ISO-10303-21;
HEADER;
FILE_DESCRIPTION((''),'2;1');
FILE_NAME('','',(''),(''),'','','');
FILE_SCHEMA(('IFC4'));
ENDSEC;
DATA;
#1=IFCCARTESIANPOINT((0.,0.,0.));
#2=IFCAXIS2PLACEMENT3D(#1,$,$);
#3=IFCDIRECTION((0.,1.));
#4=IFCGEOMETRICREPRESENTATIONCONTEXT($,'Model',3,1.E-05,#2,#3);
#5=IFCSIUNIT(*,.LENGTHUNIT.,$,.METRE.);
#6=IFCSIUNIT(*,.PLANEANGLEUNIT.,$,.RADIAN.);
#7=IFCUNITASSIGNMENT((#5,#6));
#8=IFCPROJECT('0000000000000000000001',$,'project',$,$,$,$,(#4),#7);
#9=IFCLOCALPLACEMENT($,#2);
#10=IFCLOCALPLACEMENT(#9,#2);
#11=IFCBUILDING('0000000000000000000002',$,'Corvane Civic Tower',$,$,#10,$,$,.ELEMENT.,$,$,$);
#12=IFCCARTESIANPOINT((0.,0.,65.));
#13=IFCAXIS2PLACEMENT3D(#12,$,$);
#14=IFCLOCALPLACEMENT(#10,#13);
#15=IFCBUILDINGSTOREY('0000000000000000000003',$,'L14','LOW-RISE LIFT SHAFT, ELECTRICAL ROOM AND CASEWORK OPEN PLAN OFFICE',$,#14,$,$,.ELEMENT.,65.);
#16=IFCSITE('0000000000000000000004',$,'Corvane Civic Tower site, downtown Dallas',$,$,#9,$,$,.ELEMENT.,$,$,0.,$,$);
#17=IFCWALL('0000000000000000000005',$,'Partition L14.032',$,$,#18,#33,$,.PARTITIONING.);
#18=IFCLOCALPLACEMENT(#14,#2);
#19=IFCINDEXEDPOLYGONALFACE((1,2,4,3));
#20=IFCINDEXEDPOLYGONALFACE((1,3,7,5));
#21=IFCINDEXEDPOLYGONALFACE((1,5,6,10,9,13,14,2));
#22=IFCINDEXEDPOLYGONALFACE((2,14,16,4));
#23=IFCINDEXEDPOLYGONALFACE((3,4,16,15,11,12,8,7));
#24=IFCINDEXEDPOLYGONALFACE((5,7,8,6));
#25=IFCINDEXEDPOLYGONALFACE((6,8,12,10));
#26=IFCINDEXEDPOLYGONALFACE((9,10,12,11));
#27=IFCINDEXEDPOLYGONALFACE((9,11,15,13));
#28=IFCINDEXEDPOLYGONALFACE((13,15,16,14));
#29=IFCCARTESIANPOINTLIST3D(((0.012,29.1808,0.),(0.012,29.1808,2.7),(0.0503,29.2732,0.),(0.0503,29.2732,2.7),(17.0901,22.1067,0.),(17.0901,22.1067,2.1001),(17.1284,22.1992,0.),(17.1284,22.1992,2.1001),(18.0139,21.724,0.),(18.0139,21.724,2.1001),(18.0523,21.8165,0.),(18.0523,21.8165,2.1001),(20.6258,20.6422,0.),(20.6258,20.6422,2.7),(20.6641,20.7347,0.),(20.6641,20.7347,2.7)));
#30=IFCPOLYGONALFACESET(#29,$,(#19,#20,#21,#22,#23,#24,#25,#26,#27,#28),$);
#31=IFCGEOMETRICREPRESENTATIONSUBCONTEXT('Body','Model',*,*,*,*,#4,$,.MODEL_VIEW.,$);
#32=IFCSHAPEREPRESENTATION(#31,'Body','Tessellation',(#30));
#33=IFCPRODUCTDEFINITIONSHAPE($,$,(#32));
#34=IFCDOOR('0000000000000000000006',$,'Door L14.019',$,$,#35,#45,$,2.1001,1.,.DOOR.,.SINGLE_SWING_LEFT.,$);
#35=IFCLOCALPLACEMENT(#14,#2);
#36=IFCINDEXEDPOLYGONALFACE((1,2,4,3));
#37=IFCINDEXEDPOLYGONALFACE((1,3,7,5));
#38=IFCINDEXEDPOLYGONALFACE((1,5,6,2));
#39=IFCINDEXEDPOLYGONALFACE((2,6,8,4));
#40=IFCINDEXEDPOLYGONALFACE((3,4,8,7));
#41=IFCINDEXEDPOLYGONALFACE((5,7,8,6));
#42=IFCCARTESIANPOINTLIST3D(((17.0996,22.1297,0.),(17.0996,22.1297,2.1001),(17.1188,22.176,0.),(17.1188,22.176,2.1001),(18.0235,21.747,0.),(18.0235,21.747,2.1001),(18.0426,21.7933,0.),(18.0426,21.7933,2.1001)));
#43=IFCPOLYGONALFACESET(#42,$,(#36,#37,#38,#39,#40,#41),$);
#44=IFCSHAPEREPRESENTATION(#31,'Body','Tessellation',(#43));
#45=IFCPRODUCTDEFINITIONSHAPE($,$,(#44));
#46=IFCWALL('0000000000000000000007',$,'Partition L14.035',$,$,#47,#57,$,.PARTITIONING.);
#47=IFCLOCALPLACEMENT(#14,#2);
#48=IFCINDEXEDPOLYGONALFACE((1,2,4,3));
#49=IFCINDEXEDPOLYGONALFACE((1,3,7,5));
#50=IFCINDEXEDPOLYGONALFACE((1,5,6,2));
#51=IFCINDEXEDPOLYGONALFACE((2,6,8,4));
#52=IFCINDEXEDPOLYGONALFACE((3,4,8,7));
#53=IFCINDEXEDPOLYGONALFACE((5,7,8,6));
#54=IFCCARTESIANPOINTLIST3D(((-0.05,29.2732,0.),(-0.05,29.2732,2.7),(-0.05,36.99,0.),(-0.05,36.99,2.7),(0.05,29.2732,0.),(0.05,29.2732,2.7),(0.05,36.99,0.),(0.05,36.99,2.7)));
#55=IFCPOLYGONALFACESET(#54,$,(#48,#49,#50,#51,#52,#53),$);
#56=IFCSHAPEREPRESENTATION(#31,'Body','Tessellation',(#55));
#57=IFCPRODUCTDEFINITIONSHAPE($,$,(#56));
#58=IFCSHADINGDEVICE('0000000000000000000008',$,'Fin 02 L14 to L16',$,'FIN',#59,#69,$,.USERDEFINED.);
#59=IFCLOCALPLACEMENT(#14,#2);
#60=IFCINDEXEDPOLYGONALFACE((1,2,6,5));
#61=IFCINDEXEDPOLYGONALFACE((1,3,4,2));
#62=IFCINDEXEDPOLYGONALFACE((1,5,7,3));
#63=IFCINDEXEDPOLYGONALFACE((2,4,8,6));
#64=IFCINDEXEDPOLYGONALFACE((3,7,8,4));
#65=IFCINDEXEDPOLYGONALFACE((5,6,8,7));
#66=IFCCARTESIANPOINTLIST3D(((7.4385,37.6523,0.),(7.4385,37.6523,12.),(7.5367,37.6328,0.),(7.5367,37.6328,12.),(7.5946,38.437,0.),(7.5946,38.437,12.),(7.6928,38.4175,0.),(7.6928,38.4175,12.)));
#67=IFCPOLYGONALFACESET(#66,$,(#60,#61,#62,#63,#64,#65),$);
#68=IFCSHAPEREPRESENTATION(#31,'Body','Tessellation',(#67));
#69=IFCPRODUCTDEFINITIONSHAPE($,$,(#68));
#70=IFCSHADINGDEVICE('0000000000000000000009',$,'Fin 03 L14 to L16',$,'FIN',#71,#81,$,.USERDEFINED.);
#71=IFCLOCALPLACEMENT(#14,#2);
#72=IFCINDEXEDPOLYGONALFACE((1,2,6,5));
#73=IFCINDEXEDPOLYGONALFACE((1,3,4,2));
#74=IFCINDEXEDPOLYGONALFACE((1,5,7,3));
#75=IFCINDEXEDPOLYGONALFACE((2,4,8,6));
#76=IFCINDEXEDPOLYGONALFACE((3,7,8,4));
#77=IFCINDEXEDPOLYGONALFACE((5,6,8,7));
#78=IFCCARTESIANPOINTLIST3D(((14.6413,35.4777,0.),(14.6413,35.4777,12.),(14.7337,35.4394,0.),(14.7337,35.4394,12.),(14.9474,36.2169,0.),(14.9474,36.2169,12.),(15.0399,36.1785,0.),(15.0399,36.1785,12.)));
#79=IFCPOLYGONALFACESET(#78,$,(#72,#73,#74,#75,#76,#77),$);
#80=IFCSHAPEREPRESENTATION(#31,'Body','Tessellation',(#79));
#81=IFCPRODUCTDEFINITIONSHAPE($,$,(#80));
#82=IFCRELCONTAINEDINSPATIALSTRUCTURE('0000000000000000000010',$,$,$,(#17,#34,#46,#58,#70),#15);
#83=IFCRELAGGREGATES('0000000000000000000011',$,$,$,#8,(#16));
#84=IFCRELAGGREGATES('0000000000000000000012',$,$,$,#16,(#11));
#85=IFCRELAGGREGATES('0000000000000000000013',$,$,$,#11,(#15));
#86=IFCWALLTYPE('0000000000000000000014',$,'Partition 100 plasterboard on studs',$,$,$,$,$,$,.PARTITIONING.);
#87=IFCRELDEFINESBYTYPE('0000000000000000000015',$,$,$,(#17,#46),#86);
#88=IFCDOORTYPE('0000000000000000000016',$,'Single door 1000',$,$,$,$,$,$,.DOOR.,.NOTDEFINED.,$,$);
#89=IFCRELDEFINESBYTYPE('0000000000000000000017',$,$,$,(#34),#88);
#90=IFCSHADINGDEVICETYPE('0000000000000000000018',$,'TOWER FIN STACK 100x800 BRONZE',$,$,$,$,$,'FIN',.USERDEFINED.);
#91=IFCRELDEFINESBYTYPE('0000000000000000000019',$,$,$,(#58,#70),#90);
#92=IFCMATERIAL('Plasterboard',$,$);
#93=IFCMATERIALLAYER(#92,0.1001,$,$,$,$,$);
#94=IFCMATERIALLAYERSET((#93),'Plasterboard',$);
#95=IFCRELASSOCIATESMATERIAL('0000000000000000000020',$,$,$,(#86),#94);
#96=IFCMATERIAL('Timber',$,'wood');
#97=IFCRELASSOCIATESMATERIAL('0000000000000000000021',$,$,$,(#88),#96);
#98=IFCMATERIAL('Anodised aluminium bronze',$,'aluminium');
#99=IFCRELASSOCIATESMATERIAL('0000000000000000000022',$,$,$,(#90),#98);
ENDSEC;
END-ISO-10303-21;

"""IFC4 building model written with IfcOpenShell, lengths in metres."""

from ifc_helpers import new_model, si_unit, direction, frame, frame_2d, origin, origin_2d, place, context, subcontext, project, spatial, rectangle, extrude, material, layer, layer_set, material_profile, profile_set, type_object, element, fill, save


model = new_model("IFC4")

# Units and contexts
model_context = context("Model", 3, precision=1e-05, world=origin(), true_north=direction((0.0, 1.0)))
body_context = subcontext(model_context, "Body", "Model", "MODEL_VIEW")
ifc_project = project(units=[si_unit("LENGTHUNIT", "METRE"), si_unit("PLANEANGLEUNIT", "RADIAN")], contexts=[model_context])

# Site, building, storey
site_placement = place(None, origin())
site = spatial("IfcSite", under=ifc_project, at=site_placement, Name="Corvane Civic Tower site, downtown Dallas", CompositionType="ELEMENT", RefElevation=0.0)
building_placement = place(site_placement, origin())
building = spatial("IfcBuilding", under=site, at=building_placement, Name="Corvane Civic Tower", CompositionType="ELEMENT")
storey_placement = place(building_placement, frame((0.0, 0.0, 65.0)))
storey = spatial("IfcBuildingStorey", under=building, at=storey_placement, Name="L14", Description="LOW-RISE LIFT SHAFT, ELECTRICAL ROOM AND CASEWORK OPEN PLAN OFFICE", CompositionType="ELEMENT", Elevation=65.0)

# Shared definitions
ifc_material_1 = material(Name="Plasterboard")
ifc_layer_1 = layer(ifc_material_1, 0.1001)
ifc_layer_set_1 = layer_set([ifc_layer_1], Name="Plasterboard")
wall_type_1 = type_object("IfcWallType", Name="Partition 100 plasterboard on studs", PredefinedType="PARTITIONING", material=ifc_layer_set_1)

# Wall, opening, door
wall_1_placement = place(storey_placement, frame((0.031, 29.2271, 0.0), z_axis=(0.0, 0.0, 1.0), x_axis=(0.923878, -0.382686, 0.0)))
wall_1 = element("IfcWall", 1, at=wall_1_placement, inside=storey, type_object=wall_type_1, Name="Partition L14.032", PredefinedType="PARTITIONING", context=body_context, shape_type="SweptSolid", body=[
    extrude(rectangle(XDim=22.3123, YDim=0.1001, at=frame_2d((11.1562, 0.0))), origin(), (0.0, 0.0, 1.0), 2.7),
])
opening_1_placement = place(wall_1_placement, frame((18.4854, 0.0, 0.0)))
opening_1 = element("IfcOpeningElement", 2, at=opening_1_placement, cuts=wall_1, PredefinedType="OPENING", context=body_context, shape_type="SweptSolid", body=[
    extrude(rectangle(XDim=1.0, YDim=2.1001, at=frame_2d((0.5, 1.05))), frame((0.0, 0.0601, 0.0), z_axis=(0.0, -1.0, 0.0), x_axis=(1.0, 0.0, 0.0)), (0.0, 0.0, 1.0), 0.1201),
])
ifc_material_2 = material(Name="Timber", Category="wood")
door_type_1 = type_object("IfcDoorType", Name="Single door 1000", OperationType="NOTDEFINED", PredefinedType="DOOR", material=ifc_material_2)
door_1_placement = place(opening_1_placement, origin())
door_1 = element("IfcDoor", 3, at=door_1_placement, inside=storey, type_object=door_type_1, Name="Door L14.019", OperationType="SINGLE_SWING_LEFT", OverallHeight=2.1001, OverallWidth=1.0, PredefinedType="DOOR", context=body_context, shape_type="SweptSolid", body=[
    extrude(rectangle(XDim=1.0, YDim=2.1001, at=frame_2d((0.5, 1.05))), frame((0.0, 0.0249, 0.0), z_axis=(0.0, -1.0, 0.0), x_axis=(1.0, 0.0, 0.0)), (0.0, 0.0, 1.0), 0.05),
])
fill(opening_1, door_1)

# Wall
wall_2_placement = place(storey_placement, frame((0.0, 29.2732, 0.0), z_axis=(0.0, 0.0, 1.0), x_axis=(0.0, 1.0, 0.0)))
element("IfcWall", 4, at=wall_2_placement, inside=storey, type_object=wall_type_1, Name="Partition L14.035", PredefinedType="PARTITIONING", context=body_context, shape_type="SweptSolid", body=[
    extrude(rectangle(XDim=7.7168, YDim=0.1001, at=frame_2d((3.8584, 0.0))), origin(), (0.0, 0.0, 1.0), 2.7),
])

# Shading devices
ifc_material_3 = material(Name="Anodised aluminium bronze", Category="aluminium")
ifc_material_profile_1 = material_profile(ifc_material_3, rectangle(XDim=0.1001, YDim=0.8, at=origin_2d()), Name="TOWER FIN STACK 100x800 BRONZE")
ifc_profile_set_1 = profile_set([ifc_material_profile_1], Name="Anodised aluminium bronze")
shading_device_type = type_object("IfcShadingDeviceType", Name="TOWER FIN STACK 100x800 BRONZE", ElementType="FIN", PredefinedType="USERDEFINED", material=ifc_profile_set_1)
for number, where, z_axis, x_axis, name in (
    (5, (7.5657, 38.0349, 0.0), (0.0, 0.0, 1.0), (0.980785, -0.19509, 0.0), "Fin 02 L14 to L16"),
    (6, (14.8406, 35.8281, 0.0), (0.0, 0.0, 1.0), (0.92388, -0.382683, 0.0), "Fin 03 L14 to L16"),
):
    element("IfcShadingDevice", number, at=place(storey_placement, frame(where, z_axis=z_axis, x_axis=x_axis)), inside=storey, type_object=shading_device_type, Name=name, ObjectType="FIN", PredefinedType="USERDEFINED", context=body_context, shape_type="SweptSolid", body=[
        extrude(rectangle(XDim=0.1001, YDim=0.8, at=origin_2d()), origin(), (0.0, 0.0, 1.0), 12.0),
    ])

save(model, "model.ifc")
